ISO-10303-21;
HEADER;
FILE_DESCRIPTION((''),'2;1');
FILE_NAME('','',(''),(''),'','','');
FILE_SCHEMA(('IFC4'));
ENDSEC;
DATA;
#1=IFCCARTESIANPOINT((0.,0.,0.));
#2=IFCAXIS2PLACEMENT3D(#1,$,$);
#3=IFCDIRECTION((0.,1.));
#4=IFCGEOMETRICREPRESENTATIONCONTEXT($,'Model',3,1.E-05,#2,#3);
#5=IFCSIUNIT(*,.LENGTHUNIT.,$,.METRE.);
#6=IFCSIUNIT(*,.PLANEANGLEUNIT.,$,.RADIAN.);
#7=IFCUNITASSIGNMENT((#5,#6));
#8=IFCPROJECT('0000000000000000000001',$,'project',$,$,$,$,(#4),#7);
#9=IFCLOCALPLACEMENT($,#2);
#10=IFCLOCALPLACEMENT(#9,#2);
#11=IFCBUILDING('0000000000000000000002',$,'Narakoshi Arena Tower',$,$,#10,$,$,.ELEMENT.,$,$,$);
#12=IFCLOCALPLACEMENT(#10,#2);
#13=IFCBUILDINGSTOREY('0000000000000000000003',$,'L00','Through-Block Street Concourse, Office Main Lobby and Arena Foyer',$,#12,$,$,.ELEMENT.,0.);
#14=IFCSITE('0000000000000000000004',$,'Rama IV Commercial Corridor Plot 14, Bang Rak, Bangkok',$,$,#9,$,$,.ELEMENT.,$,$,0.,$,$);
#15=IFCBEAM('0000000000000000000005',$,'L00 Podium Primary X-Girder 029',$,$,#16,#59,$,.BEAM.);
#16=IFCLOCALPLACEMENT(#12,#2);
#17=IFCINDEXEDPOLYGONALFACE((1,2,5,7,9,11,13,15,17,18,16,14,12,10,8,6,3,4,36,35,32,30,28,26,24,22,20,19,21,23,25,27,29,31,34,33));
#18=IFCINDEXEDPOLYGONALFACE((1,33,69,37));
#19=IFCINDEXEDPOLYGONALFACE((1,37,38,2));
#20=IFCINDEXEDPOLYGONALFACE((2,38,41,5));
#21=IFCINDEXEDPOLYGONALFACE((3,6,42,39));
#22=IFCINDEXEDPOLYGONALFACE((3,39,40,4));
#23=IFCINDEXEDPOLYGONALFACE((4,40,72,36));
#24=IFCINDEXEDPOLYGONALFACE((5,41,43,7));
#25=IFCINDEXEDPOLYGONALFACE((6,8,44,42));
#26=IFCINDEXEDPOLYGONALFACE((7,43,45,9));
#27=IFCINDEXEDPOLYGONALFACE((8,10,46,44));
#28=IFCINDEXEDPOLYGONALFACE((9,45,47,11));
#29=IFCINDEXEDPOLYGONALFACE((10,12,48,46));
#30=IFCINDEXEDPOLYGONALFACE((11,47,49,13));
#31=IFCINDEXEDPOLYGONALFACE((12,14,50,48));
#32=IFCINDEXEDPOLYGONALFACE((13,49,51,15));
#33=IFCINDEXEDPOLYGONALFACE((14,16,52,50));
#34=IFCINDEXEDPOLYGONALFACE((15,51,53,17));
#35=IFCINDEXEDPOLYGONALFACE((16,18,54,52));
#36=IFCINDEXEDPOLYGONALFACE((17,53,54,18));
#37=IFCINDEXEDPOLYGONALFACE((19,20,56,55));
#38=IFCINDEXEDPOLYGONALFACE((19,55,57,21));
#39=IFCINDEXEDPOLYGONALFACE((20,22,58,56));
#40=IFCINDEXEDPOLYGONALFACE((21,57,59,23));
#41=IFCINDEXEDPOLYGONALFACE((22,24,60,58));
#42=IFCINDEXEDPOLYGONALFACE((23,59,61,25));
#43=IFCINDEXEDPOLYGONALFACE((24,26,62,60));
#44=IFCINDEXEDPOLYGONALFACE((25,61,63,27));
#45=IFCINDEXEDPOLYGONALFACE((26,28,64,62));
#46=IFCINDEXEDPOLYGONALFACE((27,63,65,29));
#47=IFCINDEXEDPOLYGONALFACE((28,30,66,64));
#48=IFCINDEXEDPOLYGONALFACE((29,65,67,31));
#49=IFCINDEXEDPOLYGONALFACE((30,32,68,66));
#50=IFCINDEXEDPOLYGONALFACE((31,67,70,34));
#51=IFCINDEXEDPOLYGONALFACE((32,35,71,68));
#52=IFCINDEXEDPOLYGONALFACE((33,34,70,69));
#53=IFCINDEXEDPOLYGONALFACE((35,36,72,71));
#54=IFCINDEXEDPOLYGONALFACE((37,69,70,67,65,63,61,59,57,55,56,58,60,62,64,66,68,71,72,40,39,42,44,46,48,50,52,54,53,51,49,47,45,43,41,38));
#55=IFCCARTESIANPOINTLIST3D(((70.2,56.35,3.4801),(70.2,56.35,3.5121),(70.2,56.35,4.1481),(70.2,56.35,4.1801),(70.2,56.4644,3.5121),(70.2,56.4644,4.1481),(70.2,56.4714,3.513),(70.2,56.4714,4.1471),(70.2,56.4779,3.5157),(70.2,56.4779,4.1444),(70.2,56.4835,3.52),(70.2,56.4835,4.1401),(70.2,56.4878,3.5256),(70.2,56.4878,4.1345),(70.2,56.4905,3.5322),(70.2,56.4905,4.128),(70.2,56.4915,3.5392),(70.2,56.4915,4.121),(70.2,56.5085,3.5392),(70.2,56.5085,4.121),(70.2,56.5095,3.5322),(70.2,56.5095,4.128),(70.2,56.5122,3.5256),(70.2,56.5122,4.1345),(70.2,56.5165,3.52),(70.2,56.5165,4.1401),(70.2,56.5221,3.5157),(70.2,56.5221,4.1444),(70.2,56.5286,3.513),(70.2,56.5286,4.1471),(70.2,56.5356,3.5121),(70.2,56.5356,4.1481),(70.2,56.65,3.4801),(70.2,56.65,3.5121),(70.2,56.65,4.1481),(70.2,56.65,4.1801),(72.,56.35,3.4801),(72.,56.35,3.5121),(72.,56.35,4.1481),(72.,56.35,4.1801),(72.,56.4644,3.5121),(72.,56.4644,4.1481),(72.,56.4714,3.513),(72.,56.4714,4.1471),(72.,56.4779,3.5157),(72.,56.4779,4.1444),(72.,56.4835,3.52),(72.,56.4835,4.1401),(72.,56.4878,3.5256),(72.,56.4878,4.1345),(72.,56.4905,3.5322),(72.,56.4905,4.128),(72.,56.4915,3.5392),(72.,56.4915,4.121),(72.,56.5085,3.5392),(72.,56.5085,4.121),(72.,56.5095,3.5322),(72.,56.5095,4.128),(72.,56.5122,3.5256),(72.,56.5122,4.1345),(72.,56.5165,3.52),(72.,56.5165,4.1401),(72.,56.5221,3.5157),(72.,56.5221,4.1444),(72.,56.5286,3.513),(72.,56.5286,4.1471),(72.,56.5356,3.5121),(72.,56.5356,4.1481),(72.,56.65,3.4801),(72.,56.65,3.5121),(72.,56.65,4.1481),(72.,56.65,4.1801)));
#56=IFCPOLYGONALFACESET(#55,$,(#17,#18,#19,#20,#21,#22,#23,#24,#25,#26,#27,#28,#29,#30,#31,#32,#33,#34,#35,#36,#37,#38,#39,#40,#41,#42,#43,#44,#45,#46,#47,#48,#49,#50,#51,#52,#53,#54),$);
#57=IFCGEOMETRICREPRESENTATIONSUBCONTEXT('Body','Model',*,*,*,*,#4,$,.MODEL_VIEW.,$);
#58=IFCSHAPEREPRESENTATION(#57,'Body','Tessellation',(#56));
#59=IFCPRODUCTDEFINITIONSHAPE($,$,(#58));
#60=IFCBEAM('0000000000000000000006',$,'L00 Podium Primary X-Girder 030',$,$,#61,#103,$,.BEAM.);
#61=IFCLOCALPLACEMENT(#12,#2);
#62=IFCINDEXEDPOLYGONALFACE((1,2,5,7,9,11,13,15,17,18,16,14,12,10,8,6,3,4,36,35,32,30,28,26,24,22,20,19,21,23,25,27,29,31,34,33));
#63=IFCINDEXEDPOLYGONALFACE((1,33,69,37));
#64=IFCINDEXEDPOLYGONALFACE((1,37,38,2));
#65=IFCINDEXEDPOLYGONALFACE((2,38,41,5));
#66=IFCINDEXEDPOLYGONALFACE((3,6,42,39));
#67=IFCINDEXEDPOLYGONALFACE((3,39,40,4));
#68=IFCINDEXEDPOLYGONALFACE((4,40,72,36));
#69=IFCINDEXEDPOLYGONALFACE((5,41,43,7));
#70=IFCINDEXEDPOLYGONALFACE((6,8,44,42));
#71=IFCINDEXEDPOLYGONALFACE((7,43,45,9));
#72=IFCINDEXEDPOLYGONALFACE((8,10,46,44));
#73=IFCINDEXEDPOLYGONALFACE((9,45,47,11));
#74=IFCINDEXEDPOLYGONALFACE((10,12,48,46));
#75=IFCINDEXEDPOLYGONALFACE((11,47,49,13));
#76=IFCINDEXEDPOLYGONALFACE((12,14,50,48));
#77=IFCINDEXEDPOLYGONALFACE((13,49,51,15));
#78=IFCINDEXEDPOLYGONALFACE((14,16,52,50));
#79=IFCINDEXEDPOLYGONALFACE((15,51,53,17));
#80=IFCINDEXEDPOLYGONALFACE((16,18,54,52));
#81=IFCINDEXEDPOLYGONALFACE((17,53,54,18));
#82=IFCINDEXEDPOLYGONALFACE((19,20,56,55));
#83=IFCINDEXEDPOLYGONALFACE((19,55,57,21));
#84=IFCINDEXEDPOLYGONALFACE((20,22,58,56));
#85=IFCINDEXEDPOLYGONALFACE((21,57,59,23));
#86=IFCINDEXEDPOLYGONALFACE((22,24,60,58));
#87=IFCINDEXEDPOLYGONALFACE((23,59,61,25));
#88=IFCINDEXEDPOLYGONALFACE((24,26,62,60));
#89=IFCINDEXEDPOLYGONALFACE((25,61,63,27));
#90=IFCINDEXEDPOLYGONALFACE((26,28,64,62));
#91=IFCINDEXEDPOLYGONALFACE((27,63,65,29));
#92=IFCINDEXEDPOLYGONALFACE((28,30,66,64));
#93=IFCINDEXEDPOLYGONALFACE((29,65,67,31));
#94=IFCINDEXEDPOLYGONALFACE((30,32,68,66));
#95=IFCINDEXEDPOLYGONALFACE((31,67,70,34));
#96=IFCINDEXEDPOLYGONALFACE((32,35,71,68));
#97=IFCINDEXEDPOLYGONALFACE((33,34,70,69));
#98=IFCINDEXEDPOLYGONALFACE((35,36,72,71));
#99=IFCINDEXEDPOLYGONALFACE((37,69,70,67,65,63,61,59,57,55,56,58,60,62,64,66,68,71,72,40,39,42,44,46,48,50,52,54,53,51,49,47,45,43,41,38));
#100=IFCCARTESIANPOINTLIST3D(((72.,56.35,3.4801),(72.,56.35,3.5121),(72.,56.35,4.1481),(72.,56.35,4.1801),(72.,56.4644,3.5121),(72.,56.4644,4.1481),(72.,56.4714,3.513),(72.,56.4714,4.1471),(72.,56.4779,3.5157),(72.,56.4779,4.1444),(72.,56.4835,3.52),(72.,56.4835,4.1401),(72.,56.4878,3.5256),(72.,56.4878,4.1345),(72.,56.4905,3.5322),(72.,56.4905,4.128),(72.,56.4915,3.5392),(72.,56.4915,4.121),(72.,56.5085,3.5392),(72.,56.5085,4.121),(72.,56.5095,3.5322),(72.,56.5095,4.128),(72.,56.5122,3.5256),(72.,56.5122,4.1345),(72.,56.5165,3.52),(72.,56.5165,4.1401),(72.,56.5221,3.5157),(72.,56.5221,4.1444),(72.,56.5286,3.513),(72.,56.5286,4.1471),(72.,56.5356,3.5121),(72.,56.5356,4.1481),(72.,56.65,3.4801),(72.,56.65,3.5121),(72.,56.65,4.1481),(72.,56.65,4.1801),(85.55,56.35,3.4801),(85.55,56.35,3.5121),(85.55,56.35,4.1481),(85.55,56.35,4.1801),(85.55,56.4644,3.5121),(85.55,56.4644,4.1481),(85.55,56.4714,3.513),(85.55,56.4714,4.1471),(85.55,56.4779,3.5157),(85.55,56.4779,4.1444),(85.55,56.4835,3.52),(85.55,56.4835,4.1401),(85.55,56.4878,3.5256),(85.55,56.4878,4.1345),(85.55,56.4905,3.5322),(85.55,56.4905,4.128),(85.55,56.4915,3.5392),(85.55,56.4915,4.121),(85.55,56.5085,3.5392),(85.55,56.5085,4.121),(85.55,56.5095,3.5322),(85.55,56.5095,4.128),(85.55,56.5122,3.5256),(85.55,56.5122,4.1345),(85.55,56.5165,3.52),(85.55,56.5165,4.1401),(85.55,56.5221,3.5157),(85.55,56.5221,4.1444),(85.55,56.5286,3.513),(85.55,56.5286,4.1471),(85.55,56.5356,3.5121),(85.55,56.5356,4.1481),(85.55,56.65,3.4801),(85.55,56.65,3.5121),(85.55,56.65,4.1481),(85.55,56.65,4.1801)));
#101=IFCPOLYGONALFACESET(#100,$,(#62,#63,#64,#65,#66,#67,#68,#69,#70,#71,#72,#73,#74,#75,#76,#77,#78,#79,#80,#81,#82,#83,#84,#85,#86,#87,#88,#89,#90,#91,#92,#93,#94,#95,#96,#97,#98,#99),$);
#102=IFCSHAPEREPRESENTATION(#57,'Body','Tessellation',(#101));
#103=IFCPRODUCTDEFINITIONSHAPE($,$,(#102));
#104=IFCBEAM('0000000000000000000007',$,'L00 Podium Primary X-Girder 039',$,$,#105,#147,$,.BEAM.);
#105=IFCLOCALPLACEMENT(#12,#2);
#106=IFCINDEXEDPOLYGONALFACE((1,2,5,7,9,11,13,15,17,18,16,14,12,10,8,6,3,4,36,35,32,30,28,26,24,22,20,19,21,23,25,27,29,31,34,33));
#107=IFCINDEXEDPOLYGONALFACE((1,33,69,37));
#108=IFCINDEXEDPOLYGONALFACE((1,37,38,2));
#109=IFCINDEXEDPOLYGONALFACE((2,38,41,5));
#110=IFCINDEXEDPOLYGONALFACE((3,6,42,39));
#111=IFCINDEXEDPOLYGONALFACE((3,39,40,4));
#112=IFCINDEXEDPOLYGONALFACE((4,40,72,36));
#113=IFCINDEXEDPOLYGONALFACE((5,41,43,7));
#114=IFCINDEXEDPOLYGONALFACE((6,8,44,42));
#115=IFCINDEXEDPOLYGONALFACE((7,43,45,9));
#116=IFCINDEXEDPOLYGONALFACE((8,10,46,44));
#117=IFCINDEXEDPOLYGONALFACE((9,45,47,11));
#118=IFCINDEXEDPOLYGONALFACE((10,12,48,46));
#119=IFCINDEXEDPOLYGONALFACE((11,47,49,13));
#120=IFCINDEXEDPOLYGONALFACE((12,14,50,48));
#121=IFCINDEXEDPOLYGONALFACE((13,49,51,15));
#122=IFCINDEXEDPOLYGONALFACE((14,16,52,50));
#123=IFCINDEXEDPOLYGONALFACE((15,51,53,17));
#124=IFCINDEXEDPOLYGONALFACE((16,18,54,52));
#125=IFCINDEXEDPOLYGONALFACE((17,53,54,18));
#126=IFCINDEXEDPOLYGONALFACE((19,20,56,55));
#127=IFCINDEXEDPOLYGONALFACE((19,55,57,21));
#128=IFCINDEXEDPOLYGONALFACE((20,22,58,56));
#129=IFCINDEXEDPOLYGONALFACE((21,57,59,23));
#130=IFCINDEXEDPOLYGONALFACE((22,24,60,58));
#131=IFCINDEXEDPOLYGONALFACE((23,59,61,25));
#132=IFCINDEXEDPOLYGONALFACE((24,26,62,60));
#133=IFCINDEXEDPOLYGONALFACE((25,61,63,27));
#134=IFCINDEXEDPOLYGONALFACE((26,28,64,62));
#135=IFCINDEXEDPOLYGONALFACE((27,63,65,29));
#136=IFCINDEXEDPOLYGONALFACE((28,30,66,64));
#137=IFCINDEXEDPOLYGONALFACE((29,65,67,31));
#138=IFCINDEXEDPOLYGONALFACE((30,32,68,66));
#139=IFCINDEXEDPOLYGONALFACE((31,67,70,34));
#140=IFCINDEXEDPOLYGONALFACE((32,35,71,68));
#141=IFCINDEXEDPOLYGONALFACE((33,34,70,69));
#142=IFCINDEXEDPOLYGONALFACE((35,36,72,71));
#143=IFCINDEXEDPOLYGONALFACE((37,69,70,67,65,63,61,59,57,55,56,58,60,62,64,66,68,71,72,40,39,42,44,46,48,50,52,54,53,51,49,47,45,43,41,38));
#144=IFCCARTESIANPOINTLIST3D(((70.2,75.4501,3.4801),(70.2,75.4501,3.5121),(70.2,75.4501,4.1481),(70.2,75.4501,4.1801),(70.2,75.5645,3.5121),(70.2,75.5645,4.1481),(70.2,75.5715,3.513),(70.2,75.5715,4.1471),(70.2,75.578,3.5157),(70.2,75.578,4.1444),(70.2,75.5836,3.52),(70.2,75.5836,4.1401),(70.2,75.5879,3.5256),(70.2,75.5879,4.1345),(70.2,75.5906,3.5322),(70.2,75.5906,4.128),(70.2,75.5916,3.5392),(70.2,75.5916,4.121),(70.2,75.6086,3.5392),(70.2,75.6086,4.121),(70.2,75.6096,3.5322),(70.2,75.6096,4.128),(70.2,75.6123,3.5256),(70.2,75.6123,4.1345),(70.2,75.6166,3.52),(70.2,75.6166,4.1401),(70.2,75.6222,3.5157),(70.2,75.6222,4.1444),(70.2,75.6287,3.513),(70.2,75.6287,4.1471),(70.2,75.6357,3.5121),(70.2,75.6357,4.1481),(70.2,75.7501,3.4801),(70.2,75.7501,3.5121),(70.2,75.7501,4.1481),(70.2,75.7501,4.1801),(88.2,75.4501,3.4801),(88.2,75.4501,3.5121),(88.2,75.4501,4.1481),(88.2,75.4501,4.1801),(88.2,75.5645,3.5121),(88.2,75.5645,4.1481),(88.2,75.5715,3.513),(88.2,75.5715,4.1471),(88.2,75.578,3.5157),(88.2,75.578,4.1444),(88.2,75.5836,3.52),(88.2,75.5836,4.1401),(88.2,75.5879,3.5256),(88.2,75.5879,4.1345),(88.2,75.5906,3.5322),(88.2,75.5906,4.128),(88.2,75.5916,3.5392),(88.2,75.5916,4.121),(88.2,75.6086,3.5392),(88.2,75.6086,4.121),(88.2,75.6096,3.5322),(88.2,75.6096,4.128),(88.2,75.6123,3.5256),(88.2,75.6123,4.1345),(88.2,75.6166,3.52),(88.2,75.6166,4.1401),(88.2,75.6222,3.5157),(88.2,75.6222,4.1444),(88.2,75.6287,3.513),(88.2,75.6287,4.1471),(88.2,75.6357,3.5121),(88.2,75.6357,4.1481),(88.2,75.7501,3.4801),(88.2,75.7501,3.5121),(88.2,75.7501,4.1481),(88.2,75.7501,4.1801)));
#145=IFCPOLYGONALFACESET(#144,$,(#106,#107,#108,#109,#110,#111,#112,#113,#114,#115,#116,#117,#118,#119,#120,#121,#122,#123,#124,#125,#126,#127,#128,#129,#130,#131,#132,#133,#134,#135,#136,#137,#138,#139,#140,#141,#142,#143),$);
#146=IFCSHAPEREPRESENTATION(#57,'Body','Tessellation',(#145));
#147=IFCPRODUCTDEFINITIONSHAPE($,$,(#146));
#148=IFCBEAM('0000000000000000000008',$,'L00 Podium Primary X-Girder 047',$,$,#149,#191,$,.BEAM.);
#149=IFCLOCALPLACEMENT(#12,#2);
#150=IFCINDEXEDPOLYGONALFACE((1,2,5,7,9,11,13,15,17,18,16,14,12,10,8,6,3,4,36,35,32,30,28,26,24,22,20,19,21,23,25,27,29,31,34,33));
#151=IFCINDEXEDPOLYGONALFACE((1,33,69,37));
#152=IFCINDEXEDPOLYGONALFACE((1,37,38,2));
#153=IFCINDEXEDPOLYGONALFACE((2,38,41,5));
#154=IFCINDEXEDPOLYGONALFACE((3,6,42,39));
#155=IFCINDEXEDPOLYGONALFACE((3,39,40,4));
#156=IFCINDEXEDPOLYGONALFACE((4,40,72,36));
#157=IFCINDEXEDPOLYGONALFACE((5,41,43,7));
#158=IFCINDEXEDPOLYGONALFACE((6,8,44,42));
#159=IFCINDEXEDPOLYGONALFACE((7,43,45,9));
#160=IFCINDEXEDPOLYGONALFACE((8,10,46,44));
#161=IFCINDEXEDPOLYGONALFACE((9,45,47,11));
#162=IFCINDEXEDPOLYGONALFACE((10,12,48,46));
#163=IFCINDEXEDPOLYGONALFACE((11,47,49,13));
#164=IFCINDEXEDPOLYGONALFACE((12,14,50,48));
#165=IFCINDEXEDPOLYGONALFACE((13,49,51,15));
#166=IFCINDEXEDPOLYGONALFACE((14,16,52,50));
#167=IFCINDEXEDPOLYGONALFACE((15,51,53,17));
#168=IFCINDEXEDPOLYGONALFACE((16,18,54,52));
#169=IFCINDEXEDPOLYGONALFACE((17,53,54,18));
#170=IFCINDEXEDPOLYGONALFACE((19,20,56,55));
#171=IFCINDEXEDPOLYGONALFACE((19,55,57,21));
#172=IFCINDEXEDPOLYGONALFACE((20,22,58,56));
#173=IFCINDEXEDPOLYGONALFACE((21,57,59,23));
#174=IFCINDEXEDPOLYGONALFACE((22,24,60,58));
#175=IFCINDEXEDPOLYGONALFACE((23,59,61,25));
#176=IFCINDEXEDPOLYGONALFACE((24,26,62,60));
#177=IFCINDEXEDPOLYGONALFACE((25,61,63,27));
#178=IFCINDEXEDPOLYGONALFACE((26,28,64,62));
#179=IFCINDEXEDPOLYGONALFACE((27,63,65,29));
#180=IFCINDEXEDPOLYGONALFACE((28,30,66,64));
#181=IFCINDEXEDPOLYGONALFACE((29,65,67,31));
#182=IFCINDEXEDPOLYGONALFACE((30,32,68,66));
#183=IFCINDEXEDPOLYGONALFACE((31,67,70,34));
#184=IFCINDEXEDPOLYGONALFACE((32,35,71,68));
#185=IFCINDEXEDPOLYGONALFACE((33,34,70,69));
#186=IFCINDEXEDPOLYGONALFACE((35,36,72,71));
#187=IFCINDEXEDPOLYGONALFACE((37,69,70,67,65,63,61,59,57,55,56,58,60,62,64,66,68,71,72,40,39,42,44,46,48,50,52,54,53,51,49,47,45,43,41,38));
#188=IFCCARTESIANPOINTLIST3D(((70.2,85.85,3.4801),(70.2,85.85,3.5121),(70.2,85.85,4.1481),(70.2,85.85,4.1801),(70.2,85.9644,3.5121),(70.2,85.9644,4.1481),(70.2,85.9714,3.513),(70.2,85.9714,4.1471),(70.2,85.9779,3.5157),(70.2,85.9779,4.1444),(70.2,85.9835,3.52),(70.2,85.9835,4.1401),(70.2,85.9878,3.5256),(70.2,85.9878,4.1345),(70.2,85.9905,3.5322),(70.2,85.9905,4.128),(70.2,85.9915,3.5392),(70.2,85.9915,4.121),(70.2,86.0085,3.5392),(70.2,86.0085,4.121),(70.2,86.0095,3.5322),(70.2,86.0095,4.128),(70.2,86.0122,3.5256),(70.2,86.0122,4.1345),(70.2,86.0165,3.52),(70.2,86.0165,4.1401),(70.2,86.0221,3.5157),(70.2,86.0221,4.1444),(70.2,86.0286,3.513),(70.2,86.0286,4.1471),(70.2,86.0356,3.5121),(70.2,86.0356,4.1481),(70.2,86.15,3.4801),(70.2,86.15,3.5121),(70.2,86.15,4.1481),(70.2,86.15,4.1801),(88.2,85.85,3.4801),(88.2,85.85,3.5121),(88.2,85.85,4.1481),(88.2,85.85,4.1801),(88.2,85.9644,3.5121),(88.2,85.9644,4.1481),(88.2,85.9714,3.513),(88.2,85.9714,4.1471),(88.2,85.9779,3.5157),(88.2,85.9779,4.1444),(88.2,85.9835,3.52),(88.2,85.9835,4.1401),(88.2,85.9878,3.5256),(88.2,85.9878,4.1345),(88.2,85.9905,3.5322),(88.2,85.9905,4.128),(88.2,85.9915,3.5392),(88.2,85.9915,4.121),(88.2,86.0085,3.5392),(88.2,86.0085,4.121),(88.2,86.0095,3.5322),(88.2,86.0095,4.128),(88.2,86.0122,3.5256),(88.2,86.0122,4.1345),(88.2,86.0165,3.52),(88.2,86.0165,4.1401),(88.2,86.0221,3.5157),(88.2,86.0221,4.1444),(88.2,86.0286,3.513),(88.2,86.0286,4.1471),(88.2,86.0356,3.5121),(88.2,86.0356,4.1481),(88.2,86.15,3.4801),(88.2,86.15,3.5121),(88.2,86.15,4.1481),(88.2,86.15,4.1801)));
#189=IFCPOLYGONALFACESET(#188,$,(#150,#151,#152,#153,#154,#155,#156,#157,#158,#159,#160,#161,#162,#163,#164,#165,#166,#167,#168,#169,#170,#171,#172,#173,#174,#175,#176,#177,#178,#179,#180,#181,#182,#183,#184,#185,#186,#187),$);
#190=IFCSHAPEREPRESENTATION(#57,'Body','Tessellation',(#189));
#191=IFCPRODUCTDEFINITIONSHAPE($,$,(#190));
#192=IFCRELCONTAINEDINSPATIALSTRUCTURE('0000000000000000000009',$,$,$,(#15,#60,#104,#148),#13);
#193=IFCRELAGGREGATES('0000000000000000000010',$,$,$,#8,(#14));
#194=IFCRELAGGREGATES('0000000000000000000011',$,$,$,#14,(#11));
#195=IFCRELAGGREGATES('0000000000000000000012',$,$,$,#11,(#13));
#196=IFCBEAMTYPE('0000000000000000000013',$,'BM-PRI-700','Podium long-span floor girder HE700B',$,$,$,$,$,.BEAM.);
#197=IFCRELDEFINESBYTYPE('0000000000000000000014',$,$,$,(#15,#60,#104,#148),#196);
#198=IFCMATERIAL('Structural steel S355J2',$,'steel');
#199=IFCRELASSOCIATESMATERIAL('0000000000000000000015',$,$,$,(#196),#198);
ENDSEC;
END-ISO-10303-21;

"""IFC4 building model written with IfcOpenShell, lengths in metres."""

from ifc_helpers import new_model, si_unit, direction, frame, origin, origin_2d, place, context, subcontext, project, spatial, i_section, extrude, material, material_profile, profile_set, type_object, element, save


model = new_model("IFC4")

# Units and contexts
model_context = context("Model", 3, precision=1e-05, world=origin(), true_north=direction((0.0, 1.0)))
body_context = subcontext(model_context, "Body", "Model", "MODEL_VIEW")
ifc_project = project(units=[si_unit("LENGTHUNIT", "METRE"), si_unit("PLANEANGLEUNIT", "RADIAN")], contexts=[model_context])

# Site, building, storey
site_placement = place(None, origin())
site = spatial("IfcSite", under=ifc_project, at=site_placement, Name="Rama IV Commercial Corridor Plot 14, Bang Rak, Bangkok", CompositionType="ELEMENT", RefElevation=0.0)
building_placement = place(site_placement, origin())
building = spatial("IfcBuilding", under=site, at=building_placement, Name="Narakoshi Arena Tower", CompositionType="ELEMENT")
storey_placement = place(building_placement, origin())
storey = spatial("IfcBuildingStorey", under=building, at=storey_placement, Name="L00", Description="Through-Block Street Concourse, Office Main Lobby and Arena Foyer", CompositionType="ELEMENT", Elevation=0.0)

# Beams
ifc_material_1 = material(Name="Structural steel S355J2", Category="steel")
ifc_material_profile_1 = material_profile(ifc_material_1, i_section(OverallWidth=0.3, OverallDepth=0.7, WebThickness=0.0171, FlangeThickness=0.032, FilletRadius=0.0271, at=origin_2d()), Name="HE700B")
ifc_profile_set_1 = profile_set([ifc_material_profile_1], Name="Structural steel S355J2")
beam_type_1 = type_object("IfcBeamType", Name="BM-PRI-700", Description="Podium long-span floor girder HE700B", PredefinedType="BEAM", material=ifc_profile_set_1)
beam_1_placement = place(storey_placement, frame((70.2, 56.5, 3.8301), z_axis=(1.0, 0.0, 0.0), x_axis=(0.0, 1.0, 0.0)))
element("IfcBeam", 1, at=beam_1_placement, inside=storey, type_object=beam_type_1, Name="L00 Podium Primary X-Girder 029", PredefinedType="BEAM", context=body_context, shape_type="SweptSolid", body=[
    extrude(i_section(OverallWidth=0.3, OverallDepth=0.7, WebThickness=0.0171, FlangeThickness=0.032, FilletRadius=0.0271, at=origin_2d()), origin(), (0.0, 0.0, 1.0), 1.8),
])
beam_2_placement = place(storey_placement, frame((72.0, 56.5, 3.8301), z_axis=(1.0, 0.0, 0.0), x_axis=(0.0, 1.0, 0.0)))
element("IfcBeam", 2, at=beam_2_placement, inside=storey, type_object=beam_type_1, Name="L00 Podium Primary X-Girder 030", PredefinedType="BEAM", context=body_context, shape_type="SweptSolid", body=[
    extrude(i_section(OverallWidth=0.3, OverallDepth=0.7, WebThickness=0.0171, FlangeThickness=0.032, FilletRadius=0.0271, at=origin_2d()), origin(), (0.0, 0.0, 1.0), 13.55),
])
for number, where, z_axis, x_axis, name in (
    (3, (70.2, 75.6001, 3.8301), (1.0, 0.0, 0.0), (0.0, 1.0, 0.0), "L00 Podium Primary X-Girder 039"),
    (4, (70.2, 86.0, 3.8301), (1.0, 0.0, 0.0), (0.0, 1.0, 0.0), "L00 Podium Primary X-Girder 047"),
):
    element("IfcBeam", number, at=place(storey_placement, frame(where, z_axis=z_axis, x_axis=x_axis)), inside=storey, type_object=beam_type_1, Name=name, PredefinedType="BEAM", context=body_context, shape_type="SweptSolid", body=[
        extrude(i_section(OverallWidth=0.3, OverallDepth=0.7, WebThickness=0.0171, FlangeThickness=0.032, FilletRadius=0.0271, at=origin_2d()), origin(), (0.0, 0.0, 1.0), 18.0),
    ])

save(model, "model.ifc")
